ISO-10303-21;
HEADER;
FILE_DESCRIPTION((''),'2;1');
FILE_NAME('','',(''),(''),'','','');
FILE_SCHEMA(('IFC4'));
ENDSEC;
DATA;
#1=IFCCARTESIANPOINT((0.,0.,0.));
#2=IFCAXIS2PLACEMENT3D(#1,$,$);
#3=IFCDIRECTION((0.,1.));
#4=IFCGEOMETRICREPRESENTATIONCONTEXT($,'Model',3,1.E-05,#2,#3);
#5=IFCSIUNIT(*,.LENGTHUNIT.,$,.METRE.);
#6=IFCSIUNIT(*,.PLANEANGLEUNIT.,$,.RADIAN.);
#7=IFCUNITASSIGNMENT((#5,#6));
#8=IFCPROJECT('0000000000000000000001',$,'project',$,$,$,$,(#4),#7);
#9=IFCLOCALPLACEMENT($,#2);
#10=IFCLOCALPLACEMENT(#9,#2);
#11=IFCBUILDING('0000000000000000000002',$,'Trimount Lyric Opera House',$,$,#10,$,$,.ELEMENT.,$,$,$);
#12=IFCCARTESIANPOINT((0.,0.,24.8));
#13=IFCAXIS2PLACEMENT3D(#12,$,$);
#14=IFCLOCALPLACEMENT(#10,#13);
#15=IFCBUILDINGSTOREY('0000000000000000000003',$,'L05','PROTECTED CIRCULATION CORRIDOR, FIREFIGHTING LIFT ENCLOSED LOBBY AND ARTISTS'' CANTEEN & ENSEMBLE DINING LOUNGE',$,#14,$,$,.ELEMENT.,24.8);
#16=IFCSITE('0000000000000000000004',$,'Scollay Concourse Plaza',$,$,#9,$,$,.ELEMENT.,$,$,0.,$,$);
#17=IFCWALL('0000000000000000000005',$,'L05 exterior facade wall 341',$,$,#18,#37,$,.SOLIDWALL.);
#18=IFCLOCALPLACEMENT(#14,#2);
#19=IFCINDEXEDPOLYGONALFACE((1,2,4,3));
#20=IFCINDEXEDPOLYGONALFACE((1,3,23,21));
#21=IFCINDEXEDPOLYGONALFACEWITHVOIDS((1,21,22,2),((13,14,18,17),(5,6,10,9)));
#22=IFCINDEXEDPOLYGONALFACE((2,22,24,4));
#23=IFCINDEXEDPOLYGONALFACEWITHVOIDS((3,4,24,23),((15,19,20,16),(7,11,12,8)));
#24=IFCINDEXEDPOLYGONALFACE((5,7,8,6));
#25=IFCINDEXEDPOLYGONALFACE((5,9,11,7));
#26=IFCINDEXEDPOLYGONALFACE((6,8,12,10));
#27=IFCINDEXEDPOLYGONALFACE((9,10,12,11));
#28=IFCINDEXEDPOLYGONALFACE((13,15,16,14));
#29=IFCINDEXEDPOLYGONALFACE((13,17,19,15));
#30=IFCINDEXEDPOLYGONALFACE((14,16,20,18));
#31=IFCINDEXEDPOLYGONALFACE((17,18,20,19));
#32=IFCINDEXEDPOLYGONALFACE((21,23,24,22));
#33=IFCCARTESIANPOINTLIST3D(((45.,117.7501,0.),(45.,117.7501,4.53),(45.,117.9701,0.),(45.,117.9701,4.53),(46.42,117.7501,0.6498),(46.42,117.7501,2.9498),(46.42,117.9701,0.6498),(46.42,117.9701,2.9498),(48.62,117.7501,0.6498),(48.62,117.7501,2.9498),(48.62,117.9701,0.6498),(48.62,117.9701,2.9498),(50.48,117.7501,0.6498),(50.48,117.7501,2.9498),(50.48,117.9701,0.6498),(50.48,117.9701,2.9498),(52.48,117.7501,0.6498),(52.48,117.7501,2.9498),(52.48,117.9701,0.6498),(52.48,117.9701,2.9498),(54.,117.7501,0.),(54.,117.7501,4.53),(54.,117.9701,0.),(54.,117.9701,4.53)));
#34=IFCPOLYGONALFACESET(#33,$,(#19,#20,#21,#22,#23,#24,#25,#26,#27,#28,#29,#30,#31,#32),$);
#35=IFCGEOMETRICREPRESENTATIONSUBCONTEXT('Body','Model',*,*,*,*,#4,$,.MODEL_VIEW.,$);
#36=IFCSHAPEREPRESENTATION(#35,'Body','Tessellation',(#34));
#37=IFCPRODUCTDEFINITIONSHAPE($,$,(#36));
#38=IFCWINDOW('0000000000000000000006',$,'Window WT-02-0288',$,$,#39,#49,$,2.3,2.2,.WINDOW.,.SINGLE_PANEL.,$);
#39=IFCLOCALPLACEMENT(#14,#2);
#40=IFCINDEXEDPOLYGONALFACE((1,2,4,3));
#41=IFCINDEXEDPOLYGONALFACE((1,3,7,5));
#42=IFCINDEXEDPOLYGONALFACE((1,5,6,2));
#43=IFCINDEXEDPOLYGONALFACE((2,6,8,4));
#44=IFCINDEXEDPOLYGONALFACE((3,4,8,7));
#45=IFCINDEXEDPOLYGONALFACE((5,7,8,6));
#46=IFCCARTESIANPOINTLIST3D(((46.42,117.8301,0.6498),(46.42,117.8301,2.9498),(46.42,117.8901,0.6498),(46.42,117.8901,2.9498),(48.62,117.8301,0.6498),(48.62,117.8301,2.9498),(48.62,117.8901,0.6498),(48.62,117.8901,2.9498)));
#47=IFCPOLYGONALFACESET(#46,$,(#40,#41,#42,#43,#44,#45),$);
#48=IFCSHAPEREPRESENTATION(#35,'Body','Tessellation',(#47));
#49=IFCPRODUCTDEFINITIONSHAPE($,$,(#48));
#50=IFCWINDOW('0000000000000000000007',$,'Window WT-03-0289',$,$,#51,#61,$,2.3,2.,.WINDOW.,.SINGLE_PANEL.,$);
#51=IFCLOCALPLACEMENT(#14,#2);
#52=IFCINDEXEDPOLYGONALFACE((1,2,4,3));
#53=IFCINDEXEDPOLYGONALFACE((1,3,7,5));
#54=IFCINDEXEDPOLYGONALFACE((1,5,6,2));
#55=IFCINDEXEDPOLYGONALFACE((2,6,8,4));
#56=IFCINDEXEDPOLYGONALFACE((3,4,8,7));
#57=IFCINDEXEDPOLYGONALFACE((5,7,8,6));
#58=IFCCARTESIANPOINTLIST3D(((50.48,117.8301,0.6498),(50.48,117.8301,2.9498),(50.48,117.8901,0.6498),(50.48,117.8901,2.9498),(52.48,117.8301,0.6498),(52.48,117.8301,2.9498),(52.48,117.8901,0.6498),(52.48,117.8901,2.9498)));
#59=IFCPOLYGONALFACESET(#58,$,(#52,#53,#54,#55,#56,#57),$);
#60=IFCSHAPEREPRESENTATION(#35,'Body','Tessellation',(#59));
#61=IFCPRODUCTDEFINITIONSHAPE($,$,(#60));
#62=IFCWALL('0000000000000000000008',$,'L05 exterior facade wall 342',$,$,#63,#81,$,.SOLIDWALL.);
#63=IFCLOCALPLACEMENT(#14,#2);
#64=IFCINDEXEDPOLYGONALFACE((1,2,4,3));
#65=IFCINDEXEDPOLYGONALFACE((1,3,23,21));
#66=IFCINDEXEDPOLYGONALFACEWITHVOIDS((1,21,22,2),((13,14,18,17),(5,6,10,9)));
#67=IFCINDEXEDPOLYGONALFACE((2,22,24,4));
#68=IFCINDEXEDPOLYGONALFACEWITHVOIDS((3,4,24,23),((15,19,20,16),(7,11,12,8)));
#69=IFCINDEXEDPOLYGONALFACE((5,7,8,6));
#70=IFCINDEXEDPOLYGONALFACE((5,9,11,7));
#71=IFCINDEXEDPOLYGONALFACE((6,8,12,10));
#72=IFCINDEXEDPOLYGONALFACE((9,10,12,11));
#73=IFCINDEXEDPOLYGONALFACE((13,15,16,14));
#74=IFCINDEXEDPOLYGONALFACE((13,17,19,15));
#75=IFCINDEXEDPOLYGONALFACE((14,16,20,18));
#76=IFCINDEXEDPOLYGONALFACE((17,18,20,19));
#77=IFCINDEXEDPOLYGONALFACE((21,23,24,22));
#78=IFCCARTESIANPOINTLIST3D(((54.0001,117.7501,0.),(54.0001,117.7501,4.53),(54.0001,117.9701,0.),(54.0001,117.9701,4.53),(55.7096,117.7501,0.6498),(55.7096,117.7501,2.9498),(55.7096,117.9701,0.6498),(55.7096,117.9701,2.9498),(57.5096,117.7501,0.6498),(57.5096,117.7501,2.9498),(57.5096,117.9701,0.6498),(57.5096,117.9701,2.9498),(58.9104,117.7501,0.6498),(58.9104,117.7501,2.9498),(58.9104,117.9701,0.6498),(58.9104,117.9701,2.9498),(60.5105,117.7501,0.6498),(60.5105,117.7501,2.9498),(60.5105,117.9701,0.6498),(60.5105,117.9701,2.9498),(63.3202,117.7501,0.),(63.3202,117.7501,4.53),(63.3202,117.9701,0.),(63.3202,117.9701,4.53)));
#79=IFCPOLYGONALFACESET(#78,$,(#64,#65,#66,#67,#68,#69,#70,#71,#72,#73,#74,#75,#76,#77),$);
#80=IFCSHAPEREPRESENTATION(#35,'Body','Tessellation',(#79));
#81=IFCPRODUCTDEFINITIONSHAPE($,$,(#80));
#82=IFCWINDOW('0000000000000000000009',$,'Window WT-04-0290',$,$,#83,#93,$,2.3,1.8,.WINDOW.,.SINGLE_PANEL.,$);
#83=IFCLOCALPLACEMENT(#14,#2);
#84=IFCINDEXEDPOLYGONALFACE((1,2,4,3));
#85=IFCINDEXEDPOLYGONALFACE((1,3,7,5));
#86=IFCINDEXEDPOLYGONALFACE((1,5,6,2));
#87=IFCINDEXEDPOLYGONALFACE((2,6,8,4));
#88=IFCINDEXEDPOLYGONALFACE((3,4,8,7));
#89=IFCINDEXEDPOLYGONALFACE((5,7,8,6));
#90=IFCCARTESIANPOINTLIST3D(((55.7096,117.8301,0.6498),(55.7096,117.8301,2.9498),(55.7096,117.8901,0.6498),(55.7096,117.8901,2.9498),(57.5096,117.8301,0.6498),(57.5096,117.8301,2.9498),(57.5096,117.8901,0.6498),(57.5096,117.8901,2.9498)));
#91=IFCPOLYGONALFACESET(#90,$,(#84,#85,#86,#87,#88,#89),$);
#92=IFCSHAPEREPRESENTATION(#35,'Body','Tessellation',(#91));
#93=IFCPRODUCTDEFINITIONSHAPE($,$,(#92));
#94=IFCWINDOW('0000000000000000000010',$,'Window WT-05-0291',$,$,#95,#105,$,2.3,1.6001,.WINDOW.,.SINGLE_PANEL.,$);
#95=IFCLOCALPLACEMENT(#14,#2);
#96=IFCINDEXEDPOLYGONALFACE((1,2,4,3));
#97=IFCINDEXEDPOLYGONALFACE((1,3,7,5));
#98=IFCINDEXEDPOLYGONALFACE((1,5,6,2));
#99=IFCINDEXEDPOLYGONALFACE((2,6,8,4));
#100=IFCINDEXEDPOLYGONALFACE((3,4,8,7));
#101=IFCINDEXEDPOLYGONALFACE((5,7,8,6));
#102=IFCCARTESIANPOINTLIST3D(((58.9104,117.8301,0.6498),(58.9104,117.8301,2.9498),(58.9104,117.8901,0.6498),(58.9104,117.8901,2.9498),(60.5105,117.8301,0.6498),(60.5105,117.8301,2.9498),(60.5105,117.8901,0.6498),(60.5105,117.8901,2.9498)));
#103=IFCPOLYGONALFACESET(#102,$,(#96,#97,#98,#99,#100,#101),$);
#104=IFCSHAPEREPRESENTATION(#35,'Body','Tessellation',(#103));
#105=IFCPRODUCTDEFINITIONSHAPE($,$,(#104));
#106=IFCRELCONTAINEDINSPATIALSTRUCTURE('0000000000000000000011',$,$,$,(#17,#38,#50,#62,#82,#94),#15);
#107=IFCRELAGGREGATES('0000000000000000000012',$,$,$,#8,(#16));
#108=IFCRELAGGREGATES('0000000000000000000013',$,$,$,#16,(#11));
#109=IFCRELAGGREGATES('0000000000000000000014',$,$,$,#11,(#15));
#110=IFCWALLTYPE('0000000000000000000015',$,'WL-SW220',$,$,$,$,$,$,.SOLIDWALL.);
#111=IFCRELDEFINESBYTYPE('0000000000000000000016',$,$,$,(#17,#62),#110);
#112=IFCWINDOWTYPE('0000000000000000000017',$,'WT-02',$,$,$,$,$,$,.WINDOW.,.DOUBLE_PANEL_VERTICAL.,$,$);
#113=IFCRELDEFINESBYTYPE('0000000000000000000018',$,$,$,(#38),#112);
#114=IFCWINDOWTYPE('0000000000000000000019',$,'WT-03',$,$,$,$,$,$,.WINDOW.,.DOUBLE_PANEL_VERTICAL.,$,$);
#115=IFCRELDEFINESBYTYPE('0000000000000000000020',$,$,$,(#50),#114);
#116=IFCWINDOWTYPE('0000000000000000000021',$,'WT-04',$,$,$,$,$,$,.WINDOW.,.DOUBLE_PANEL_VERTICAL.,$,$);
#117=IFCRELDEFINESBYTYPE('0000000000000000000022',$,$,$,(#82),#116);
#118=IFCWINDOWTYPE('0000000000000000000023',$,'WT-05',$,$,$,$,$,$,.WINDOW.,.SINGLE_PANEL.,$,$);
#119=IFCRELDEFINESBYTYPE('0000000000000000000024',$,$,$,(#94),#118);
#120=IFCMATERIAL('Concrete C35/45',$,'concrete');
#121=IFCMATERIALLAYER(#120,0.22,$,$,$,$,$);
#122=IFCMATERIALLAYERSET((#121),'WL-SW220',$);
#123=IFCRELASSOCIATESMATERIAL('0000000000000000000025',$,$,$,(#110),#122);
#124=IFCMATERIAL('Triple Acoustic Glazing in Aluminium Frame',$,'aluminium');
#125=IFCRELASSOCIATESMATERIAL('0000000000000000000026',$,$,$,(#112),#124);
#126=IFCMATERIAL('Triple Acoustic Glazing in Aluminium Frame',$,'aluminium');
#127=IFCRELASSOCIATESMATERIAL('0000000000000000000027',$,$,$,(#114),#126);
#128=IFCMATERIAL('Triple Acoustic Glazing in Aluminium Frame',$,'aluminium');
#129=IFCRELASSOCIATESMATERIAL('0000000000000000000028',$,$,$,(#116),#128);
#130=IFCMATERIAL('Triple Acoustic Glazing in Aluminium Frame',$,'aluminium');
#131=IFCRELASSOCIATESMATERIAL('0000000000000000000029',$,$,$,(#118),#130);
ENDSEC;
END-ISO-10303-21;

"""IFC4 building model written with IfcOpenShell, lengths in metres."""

from ifc_helpers import new_model, si_unit, direction, frame, frame_2d, origin, place, context, subcontext, project, spatial, rectangle, extrude, material, layer, layer_set, type_object, element, fill, save


model = new_model("IFC4")

# Units and contexts
model_context = context("Model", 3, precision=1e-05, world=origin(), true_north=direction((0.0, 1.0)))
body_context = subcontext(model_context, "Body", "Model", "MODEL_VIEW")
ifc_project = project(units=[si_unit("LENGTHUNIT", "METRE"), si_unit("PLANEANGLEUNIT", "RADIAN")], contexts=[model_context])

# Site, building, storey
site_placement = place(None, origin())
site = spatial("IfcSite", under=ifc_project, at=site_placement, Name="Scollay Concourse Plaza", CompositionType="ELEMENT", RefElevation=0.0)
building_placement = place(site_placement, origin())
building = spatial("IfcBuilding", under=site, at=building_placement, Name="Trimount Lyric Opera House", CompositionType="ELEMENT")
storey_placement = place(building_placement, frame((0.0, 0.0, 24.8)))
storey = spatial("IfcBuildingStorey", under=building, at=storey_placement, Name="L05", Description="PROTECTED CIRCULATION CORRIDOR, FIREFIGHTING LIFT ENCLOSED LOBBY AND ARTISTS' CANTEEN & ENSEMBLE DINING LOUNGE", CompositionType="ELEMENT", Elevation=24.8)

# Walls, openings, windows
ifc_material_1 = material(Name="Concrete C35/45", Category="concrete")
ifc_layer_1 = layer(ifc_material_1, 0.22)
ifc_layer_set_1 = layer_set([ifc_layer_1], Name="WL-SW220")
wall_type_1 = type_object("IfcWallType", Name="WL-SW220", PredefinedType="SOLIDWALL", material=ifc_layer_set_1)
wall_1_placement = place(storey_placement, frame((45.0, 117.8601, 0.0), z_axis=(0.0, 0.0, 1.0), x_axis=(1.0, 0.0, 0.0)))
wall_1 = element("IfcWall", 1, at=wall_1_placement, inside=storey, type_object=wall_type_1, Name="L05 exterior facade wall 341", PredefinedType="SOLIDWALL", context=body_context, shape_type="SweptSolid", body=[
    extrude(rectangle(XDim=9.0, YDim=0.22, at=frame_2d((4.5, 0.0))), origin(), (0.0, 0.0, 1.0), 4.53),
])
opening_1_placement = place(wall_1_placement, frame((1.4199, 0.0, 0.6499)))
opening_1 = element("IfcOpeningElement", 2, at=opening_1_placement, cuts=wall_1, PredefinedType="OPENING", context=body_context, shape_type="SweptSolid", body=[
    extrude(rectangle(XDim=2.2, YDim=2.3, at=frame_2d((1.1001, 1.1499))), frame((0.0, 0.1201, 0.0), z_axis=(0.0, -1.0, 0.0), x_axis=(1.0, 0.0, 0.0)), (0.0, 0.0, 1.0), 0.24),
])
opening_2_placement = place(wall_1_placement, frame((5.48, 0.0, 0.6499)))
opening_2 = element("IfcOpeningElement", 3, at=opening_2_placement, cuts=wall_1, PredefinedType="OPENING", context=body_context, shape_type="SweptSolid", body=[
    extrude(rectangle(XDim=2.0, YDim=2.3, at=frame_2d((1.0, 1.1499))), frame((0.0, 0.1201, 0.0), z_axis=(0.0, -1.0, 0.0), x_axis=(1.0, 0.0, 0.0)), (0.0, 0.0, 1.0), 0.24),
])
ifc_material_2 = material(Name="Triple Acoustic Glazing in Aluminium Frame", Category="aluminium")
window_type_1 = type_object("IfcWindowType", Name="WT-02", PartitioningType="DOUBLE_PANEL_VERTICAL", PredefinedType="WINDOW", material=ifc_material_2)
window_1_placement = place(opening_1_placement, origin())
window_1 = element("IfcWindow", 4, at=window_1_placement, inside=storey, type_object=window_type_1, Name="Window WT-02-0288", OverallHeight=2.3, OverallWidth=2.2, PartitioningType="SINGLE_PANEL", PredefinedType="WINDOW", context=body_context, shape_type="SweptSolid", body=[
    extrude(rectangle(XDim=2.2, YDim=2.3, at=frame_2d((1.1001, 1.1499))), frame((0.0, 0.03, 0.0), z_axis=(0.0, -1.0, 0.0), x_axis=(1.0, 0.0, 0.0)), (0.0, 0.0, 1.0), 0.0601),
])
fill(opening_1, window_1)
ifc_material_3 = material(Name="Triple Acoustic Glazing in Aluminium Frame", Category="aluminium")
window_type_2 = type_object("IfcWindowType", Name="WT-03", PartitioningType="DOUBLE_PANEL_VERTICAL", PredefinedType="WINDOW", material=ifc_material_3)
window_2_placement = place(opening_2_placement, origin())
window_2 = element("IfcWindow", 5, at=window_2_placement, inside=storey, type_object=window_type_2, Name="Window WT-03-0289", OverallHeight=2.3, OverallWidth=2.0, PartitioningType="SINGLE_PANEL", PredefinedType="WINDOW", context=body_context, shape_type="SweptSolid", body=[
    extrude(rectangle(XDim=2.0, YDim=2.3, at=frame_2d((1.0, 1.1499))), frame((0.0, 0.03, 0.0), z_axis=(0.0, -1.0, 0.0), x_axis=(1.0, 0.0, 0.0)), (0.0, 0.0, 1.0), 0.0601),
])
fill(opening_2, window_2)
wall_2_placement = place(storey_placement, frame((54.0, 117.8601, 0.0), z_axis=(0.0, 0.0, 1.0), x_axis=(1.0, 0.0, 0.0)))
wall_2 = element("IfcWall", 6, at=wall_2_placement, inside=storey, type_object=wall_type_1, Name="L05 exterior facade wall 342", PredefinedType="SOLIDWALL", context=body_context, shape_type="SweptSolid", body=[
    extrude(rectangle(XDim=9.3201, YDim=0.22, at=frame_2d((4.6602, 0.0))), origin(), (0.0, 0.0, 1.0), 4.53),
])
opening_3_placement = place(wall_2_placement, frame((1.7097, 0.0, 0.6499)))
opening_3 = element("IfcOpeningElement", 7, at=opening_3_placement, cuts=wall_2, PredefinedType="OPENING", context=body_context, shape_type="SweptSolid", body=[
    extrude(rectangle(XDim=1.8, YDim=2.3, at=frame_2d((0.8999, 1.1499))), frame((0.0, 0.1201, 0.0), z_axis=(0.0, -1.0, 0.0), x_axis=(1.0, 0.0, 0.0)), (0.0, 0.0, 1.0), 0.24),
])
opening_4_placement = place(wall_2_placement, frame((4.9104, 0.0, 0.6499)))
opening_4 = element("IfcOpeningElement", 8, at=opening_4_placement, cuts=wall_2, PredefinedType="OPENING", context=body_context, shape_type="SweptSolid", body=[
    extrude(rectangle(XDim=1.6001, YDim=2.3, at=frame_2d((0.8, 1.1499))), frame((0.0, 0.1201, 0.0), z_axis=(0.0, -1.0, 0.0), x_axis=(1.0, 0.0, 0.0)), (0.0, 0.0, 1.0), 0.24),
])
ifc_material_4 = material(Name="Triple Acoustic Glazing in Aluminium Frame", Category="aluminium")
window_type_3 = type_object("IfcWindowType", Name="WT-04", PartitioningType="DOUBLE_PANEL_VERTICAL", PredefinedType="WINDOW", material=ifc_material_4)
window_3_placement = place(opening_3_placement, origin())
window_3 = element("IfcWindow", 9, at=window_3_placement, inside=storey, type_object=window_type_3, Name="Window WT-04-0290", OverallHeight=2.3, OverallWidth=1.8, PartitioningType="SINGLE_PANEL", PredefinedType="WINDOW", context=body_context, shape_type="SweptSolid", body=[
    extrude(rectangle(XDim=1.8, YDim=2.3, at=frame_2d((0.8999, 1.1499))), frame((0.0, 0.03, 0.0), z_axis=(0.0, -1.0, 0.0), x_axis=(1.0, 0.0, 0.0)), (0.0, 0.0, 1.0), 0.0601),
])
fill(opening_3, window_3)
ifc_material_5 = material(Name="Triple Acoustic Glazing in Aluminium Frame", Category="aluminium")
window_type_4 = type_object("IfcWindowType", Name="WT-05", PartitioningType="SINGLE_PANEL", PredefinedType="WINDOW", material=ifc_material_5)
window_4_placement = place(opening_4_placement, origin())
window_4 = element("IfcWindow", 10, at=window_4_placement, inside=storey, type_object=window_type_4, Name="Window WT-05-0291", OverallHeight=2.3, OverallWidth=1.6001, PartitioningType="SINGLE_PANEL", PredefinedType="WINDOW", context=body_context, shape_type="SweptSolid", body=[
    extrude(rectangle(XDim=1.6001, YDim=2.3, at=frame_2d((0.8, 1.1499))), frame((0.0, 0.03, 0.0), z_axis=(0.0, -1.0, 0.0), x_axis=(1.0, 0.0, 0.0)), (0.0, 0.0, 1.0), 0.0601),
])
fill(opening_4, window_4)

save(model, "model.ifc")
